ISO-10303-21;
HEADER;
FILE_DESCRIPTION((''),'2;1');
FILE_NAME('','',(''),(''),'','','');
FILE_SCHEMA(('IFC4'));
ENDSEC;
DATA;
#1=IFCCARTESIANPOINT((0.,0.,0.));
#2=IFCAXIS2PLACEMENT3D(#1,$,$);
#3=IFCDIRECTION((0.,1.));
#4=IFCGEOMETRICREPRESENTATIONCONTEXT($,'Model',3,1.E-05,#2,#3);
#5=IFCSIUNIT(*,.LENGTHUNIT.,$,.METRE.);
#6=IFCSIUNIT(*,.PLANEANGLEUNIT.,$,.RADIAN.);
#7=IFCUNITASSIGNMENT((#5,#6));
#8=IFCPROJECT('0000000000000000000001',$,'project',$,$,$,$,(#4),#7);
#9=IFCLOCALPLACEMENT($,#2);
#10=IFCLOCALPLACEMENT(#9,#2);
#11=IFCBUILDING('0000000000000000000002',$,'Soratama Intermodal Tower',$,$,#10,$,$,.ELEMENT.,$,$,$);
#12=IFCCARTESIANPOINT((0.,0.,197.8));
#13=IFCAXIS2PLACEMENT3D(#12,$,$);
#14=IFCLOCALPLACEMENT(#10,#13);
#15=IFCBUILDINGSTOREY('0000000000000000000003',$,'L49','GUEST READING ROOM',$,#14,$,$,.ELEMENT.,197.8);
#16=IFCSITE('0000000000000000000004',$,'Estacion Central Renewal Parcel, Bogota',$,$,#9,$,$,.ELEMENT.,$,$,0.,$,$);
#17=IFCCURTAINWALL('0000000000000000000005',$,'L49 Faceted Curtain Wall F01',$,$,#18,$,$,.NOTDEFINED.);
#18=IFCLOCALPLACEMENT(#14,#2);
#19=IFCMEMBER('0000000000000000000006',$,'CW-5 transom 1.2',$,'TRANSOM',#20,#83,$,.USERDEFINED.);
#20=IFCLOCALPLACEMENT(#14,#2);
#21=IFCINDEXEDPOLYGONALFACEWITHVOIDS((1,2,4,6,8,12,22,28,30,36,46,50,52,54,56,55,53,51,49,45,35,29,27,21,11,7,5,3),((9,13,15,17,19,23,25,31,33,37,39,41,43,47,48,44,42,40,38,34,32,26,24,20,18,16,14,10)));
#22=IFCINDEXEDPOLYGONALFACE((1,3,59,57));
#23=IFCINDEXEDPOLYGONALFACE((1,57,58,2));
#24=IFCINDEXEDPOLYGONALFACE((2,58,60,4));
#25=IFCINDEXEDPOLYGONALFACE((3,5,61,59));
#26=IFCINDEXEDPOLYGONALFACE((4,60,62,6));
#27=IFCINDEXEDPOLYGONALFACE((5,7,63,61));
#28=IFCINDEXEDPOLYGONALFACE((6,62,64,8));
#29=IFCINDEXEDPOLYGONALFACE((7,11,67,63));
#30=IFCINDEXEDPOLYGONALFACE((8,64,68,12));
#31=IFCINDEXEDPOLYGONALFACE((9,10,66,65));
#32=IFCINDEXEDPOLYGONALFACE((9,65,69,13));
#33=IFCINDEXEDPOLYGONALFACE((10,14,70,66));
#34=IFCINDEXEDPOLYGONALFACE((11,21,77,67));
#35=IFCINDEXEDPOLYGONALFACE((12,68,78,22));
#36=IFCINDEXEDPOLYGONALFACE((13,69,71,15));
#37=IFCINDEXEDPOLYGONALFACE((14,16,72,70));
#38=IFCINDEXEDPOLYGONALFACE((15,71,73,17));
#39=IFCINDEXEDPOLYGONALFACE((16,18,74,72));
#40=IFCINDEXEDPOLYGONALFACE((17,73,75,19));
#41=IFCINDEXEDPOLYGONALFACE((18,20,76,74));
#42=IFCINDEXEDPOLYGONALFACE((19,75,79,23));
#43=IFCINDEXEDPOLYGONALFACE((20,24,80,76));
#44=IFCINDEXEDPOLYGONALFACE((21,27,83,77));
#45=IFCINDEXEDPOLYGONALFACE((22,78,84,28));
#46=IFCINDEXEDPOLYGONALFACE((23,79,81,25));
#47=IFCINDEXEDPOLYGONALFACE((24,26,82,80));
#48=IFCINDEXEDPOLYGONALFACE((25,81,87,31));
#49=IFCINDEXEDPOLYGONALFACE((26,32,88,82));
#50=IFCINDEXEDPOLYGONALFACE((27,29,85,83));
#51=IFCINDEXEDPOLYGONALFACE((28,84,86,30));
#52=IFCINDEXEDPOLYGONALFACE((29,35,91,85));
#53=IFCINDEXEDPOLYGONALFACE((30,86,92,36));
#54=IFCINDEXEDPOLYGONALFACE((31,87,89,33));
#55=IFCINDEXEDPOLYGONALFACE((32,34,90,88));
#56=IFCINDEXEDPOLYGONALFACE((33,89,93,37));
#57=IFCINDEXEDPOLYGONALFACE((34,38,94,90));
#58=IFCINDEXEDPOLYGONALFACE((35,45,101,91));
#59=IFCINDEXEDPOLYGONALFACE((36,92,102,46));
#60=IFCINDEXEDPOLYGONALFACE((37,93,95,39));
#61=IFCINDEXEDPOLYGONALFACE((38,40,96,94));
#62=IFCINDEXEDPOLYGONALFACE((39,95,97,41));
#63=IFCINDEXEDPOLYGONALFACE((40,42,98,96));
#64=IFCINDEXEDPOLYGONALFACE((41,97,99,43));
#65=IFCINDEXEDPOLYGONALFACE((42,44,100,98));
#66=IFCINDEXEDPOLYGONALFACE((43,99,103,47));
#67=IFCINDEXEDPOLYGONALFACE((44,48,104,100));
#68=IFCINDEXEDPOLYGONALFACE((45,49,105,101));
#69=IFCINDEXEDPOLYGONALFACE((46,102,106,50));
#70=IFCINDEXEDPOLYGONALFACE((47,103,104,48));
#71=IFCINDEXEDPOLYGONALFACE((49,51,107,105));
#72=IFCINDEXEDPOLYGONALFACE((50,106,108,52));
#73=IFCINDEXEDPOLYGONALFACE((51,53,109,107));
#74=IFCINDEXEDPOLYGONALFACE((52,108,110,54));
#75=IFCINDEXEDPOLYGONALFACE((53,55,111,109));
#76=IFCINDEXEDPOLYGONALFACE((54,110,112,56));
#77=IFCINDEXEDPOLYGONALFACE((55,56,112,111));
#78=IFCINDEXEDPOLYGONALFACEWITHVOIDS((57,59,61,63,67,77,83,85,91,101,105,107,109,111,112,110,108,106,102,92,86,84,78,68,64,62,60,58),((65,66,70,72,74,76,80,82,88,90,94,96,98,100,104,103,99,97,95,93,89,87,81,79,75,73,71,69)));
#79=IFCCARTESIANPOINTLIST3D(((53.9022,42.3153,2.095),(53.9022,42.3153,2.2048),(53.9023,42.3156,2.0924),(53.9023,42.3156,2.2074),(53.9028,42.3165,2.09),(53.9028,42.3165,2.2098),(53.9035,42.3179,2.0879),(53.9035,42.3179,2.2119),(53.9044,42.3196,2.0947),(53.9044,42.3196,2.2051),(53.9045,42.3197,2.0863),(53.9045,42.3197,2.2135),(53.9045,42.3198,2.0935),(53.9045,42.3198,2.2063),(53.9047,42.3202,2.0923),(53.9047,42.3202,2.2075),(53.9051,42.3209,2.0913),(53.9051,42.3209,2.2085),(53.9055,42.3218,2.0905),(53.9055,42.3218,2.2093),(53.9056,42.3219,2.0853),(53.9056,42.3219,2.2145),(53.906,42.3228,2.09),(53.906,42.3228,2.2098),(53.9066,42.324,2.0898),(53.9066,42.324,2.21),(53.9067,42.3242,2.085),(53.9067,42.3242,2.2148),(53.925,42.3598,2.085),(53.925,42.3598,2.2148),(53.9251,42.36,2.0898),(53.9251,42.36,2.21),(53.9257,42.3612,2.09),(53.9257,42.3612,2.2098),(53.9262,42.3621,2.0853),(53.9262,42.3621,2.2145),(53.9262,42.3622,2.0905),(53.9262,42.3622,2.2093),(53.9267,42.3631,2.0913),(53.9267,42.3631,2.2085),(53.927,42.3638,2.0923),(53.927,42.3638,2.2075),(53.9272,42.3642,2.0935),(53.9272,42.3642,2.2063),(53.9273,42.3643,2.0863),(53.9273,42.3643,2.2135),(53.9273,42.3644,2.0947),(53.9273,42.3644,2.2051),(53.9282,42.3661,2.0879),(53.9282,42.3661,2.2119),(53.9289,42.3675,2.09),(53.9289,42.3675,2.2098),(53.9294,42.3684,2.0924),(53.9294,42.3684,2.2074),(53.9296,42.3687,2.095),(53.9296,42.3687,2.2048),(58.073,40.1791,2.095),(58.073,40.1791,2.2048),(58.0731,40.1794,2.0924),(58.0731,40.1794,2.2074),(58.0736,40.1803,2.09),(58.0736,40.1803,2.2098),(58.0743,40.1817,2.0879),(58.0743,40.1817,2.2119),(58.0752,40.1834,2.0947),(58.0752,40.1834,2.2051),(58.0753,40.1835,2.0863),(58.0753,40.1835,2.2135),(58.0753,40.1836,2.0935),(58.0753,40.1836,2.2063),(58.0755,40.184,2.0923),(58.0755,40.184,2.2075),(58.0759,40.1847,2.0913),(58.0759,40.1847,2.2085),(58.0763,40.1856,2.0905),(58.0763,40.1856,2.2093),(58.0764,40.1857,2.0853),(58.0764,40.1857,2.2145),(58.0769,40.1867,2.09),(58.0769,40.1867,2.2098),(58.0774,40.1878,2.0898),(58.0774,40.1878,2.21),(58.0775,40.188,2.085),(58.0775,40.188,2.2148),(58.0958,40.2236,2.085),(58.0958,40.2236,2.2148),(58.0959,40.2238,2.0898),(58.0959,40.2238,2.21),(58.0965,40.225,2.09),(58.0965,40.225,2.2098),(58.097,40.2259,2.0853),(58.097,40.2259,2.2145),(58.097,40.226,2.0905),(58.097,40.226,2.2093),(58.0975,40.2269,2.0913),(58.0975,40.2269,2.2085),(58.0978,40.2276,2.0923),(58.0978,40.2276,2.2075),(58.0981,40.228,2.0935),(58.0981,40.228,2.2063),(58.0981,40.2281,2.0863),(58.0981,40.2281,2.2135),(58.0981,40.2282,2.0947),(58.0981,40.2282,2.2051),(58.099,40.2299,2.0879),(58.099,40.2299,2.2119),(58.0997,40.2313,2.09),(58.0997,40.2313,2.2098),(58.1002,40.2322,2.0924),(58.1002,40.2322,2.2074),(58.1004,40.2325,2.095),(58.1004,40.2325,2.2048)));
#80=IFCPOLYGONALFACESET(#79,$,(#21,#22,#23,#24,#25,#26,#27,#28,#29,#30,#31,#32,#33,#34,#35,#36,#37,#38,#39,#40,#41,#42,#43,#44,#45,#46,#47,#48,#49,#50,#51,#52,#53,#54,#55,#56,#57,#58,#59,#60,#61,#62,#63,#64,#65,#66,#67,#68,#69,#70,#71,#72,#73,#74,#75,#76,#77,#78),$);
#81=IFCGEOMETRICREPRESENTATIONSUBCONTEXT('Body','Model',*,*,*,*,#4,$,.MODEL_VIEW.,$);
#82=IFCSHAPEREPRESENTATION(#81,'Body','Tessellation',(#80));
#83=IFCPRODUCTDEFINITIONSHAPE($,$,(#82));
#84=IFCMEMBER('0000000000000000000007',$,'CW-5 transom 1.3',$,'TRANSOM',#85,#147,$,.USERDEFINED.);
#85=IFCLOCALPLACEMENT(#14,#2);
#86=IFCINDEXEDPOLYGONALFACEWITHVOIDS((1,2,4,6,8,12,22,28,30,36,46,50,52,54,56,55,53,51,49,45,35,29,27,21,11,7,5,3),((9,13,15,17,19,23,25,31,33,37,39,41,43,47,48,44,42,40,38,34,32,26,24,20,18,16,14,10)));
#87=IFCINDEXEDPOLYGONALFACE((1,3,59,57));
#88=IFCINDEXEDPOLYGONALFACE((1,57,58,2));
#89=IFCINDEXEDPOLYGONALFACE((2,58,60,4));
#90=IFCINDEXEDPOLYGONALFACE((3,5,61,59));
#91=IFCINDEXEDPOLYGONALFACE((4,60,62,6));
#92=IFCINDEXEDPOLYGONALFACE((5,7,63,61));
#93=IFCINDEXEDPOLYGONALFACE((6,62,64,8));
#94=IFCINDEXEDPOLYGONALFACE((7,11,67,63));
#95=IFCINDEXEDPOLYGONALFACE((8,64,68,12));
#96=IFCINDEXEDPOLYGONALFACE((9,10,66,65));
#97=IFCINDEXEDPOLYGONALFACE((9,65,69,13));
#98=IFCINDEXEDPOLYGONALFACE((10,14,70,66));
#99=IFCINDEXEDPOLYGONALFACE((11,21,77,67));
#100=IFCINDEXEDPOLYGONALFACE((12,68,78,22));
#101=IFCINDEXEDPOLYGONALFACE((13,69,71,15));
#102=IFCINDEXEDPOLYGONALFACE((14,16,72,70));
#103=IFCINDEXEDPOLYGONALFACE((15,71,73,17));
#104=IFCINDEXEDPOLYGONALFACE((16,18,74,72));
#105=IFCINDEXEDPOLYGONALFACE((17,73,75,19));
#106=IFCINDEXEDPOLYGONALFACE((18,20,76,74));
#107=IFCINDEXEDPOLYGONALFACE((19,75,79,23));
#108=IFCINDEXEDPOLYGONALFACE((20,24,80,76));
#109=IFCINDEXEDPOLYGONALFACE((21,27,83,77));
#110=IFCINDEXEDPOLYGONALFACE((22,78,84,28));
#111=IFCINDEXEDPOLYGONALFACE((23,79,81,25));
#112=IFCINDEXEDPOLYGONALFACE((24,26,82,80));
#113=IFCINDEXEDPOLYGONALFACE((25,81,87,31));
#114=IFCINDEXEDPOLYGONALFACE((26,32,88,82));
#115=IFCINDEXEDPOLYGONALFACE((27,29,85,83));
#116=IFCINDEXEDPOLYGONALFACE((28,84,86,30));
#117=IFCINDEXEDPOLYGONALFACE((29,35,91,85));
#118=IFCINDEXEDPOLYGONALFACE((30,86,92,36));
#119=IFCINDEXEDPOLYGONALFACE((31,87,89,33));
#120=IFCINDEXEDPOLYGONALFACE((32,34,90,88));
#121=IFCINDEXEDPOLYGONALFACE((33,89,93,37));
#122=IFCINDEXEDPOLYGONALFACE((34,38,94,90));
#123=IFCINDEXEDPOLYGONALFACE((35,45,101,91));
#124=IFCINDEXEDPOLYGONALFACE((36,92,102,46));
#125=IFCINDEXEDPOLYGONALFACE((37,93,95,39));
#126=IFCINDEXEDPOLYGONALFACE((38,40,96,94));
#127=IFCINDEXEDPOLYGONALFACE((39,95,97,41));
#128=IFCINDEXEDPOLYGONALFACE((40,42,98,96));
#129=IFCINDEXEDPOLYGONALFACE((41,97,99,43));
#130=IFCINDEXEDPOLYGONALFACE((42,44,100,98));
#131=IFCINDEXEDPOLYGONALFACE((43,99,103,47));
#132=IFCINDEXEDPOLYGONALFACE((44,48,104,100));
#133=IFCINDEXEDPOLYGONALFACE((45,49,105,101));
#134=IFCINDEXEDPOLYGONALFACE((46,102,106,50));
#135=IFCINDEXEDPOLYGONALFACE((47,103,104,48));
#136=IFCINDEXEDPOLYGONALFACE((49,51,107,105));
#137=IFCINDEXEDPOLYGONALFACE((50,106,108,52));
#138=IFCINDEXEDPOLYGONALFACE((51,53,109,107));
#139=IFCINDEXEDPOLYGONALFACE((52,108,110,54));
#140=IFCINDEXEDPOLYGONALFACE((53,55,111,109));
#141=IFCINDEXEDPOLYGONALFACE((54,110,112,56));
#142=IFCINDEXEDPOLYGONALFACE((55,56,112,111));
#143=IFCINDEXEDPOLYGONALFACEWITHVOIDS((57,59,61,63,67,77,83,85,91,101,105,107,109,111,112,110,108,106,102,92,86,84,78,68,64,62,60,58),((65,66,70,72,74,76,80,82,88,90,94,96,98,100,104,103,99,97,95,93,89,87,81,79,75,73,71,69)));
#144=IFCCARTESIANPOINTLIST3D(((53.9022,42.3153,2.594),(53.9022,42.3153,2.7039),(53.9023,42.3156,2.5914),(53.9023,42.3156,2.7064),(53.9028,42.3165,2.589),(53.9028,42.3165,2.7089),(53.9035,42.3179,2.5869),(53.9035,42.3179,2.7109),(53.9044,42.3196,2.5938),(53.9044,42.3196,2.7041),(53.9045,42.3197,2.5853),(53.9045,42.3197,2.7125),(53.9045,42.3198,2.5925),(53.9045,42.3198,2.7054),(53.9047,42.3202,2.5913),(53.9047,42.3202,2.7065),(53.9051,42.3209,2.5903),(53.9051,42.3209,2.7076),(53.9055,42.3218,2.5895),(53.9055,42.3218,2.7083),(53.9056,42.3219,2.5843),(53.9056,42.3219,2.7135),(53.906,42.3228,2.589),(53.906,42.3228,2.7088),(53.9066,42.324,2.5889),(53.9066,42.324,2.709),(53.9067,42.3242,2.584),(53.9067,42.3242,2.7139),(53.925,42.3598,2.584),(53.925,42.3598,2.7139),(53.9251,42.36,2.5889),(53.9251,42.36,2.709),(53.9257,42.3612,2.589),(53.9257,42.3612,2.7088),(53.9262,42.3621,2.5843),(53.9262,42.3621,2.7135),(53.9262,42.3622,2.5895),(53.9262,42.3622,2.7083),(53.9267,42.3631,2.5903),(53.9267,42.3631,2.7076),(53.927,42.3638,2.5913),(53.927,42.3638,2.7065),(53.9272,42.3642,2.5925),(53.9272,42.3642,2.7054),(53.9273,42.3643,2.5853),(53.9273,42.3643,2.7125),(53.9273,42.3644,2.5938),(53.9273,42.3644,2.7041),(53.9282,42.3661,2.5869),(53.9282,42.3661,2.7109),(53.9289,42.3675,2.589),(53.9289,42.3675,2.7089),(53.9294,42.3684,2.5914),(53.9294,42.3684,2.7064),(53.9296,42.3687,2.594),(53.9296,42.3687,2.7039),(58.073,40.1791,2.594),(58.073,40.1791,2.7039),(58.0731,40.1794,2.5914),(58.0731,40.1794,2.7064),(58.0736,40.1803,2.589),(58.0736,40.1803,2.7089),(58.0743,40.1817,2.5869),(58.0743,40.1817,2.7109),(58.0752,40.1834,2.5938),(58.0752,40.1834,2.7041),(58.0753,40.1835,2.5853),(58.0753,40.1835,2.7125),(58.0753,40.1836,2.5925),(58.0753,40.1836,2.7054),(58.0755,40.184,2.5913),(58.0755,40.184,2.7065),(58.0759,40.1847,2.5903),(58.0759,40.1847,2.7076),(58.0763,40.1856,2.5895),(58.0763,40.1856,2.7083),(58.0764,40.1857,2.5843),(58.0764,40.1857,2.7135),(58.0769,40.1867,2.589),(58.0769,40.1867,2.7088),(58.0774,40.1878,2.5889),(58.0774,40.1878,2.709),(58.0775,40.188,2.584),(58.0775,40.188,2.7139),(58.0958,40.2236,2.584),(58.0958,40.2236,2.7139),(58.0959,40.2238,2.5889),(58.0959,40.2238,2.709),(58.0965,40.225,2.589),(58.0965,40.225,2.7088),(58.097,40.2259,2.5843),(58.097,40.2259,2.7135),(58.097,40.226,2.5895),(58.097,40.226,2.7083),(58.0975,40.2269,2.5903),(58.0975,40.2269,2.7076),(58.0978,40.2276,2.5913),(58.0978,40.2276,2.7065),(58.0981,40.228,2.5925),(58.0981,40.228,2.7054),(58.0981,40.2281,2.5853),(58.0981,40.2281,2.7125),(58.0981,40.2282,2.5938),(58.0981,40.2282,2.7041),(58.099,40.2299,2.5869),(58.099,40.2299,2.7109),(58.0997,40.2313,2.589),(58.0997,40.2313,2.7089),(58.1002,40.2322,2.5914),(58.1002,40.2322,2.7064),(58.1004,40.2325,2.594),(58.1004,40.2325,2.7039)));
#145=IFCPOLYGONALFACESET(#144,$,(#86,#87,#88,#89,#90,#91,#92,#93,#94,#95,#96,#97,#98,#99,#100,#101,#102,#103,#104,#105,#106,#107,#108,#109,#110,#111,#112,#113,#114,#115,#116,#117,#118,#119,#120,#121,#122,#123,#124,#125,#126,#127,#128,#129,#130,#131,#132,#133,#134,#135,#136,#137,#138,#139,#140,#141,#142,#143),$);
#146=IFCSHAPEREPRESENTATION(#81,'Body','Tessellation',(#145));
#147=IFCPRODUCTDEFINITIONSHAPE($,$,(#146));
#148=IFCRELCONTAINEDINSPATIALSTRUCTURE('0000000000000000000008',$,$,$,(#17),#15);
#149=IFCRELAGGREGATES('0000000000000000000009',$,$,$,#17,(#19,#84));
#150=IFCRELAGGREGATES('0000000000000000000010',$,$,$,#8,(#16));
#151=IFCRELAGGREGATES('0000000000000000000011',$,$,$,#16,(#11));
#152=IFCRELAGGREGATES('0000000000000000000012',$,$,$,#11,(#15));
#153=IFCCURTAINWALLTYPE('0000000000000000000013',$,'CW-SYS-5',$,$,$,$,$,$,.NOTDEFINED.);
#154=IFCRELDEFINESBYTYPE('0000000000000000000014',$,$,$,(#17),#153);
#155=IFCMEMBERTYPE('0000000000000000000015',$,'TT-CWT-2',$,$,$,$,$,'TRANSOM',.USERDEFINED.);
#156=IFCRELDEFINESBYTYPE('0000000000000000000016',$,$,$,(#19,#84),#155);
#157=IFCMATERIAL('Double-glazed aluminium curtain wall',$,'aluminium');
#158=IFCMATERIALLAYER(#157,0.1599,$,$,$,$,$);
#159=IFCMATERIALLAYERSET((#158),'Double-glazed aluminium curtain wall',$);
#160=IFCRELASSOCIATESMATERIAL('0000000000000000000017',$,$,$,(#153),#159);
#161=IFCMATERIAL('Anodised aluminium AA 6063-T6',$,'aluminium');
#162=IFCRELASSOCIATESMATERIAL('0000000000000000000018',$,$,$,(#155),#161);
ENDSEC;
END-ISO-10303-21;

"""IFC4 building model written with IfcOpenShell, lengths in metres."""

from ifc_helpers import new_model, si_unit, direction, frame, origin, origin_2d, place, context, subcontext, project, spatial, hollow_rectangle, extrude, material, layer, layer_set, material_profile, profile_set, type_object, element, aggregate, save


model = new_model("IFC4")

# Units and contexts
model_context = context("Model", 3, precision=1e-05, world=origin(), true_north=direction((0.0, 1.0)))
body_context = subcontext(model_context, "Body", "Model", "MODEL_VIEW")
ifc_project = project(units=[si_unit("LENGTHUNIT", "METRE"), si_unit("PLANEANGLEUNIT", "RADIAN")], contexts=[model_context])

# Site, building, storey
site_placement = place(None, origin())
site = spatial("IfcSite", under=ifc_project, at=site_placement, Name="Estacion Central Renewal Parcel, Bogota", CompositionType="ELEMENT", RefElevation=0.0)
building_placement = place(site_placement, origin())
building = spatial("IfcBuilding", under=site, at=building_placement, Name="Soratama Intermodal Tower", CompositionType="ELEMENT")
storey_placement = place(building_placement, frame((0.0, 0.0, 197.8)))
storey = spatial("IfcBuildingStorey", under=building, at=storey_placement, Name="L49", Description="GUEST READING ROOM", CompositionType="ELEMENT", Elevation=197.8)

# Curtain wall
ifc_material_1 = material(Name="Double-glazed aluminium curtain wall", Category="aluminium")
ifc_layer_1 = layer(ifc_material_1, 0.1599)
ifc_layer_set_1 = layer_set([ifc_layer_1], Name="Double-glazed aluminium curtain wall")
curtain_wall_type = type_object("IfcCurtainWallType", Name="CW-SYS-5", PredefinedType="NOTDEFINED", material=ifc_layer_set_1)
curtain_wall_1_placement = place(storey_placement, origin())
curtain_wall_1 = element("IfcCurtainWall", 1, at=curtain_wall_1_placement, inside=storey, type_object=curtain_wall_type, Name="L49 Faceted Curtain Wall F01", PredefinedType="NOTDEFINED")

# Members
ifc_material_2 = material(Name="Anodised aluminium AA 6063-T6", Category="aluminium")
ifc_material_profile_1 = material_profile(ifc_material_2, hollow_rectangle(XDim=0.0601, YDim=0.1299, WallThickness=0.0049, InnerFilletRadius=0.0049, OuterFilletRadius=0.01, at=origin_2d()), Name="CWT130X60X5")
ifc_profile_set_1 = profile_set([ifc_material_profile_1], Name="Anodised aluminium AA 6063-T6")
member_type_1 = type_object("IfcMemberType", Name="TT-CWT-2", ElementType="TRANSOM", PredefinedType="USERDEFINED", material=ifc_profile_set_1)
member_1_placement = place(storey_placement, frame((58.0867, 40.2058, 2.1499), z_axis=(-0.890051, 0.455862, 0.0), x_axis=(-0.455862, -0.890051, 0.0)))
member_1 = element("IfcMember", 2, at=member_1_placement, type_object=member_type_1, Name="CW-5 transom 1.2", ObjectType="TRANSOM", PredefinedType="USERDEFINED", context=body_context, shape_type="SweptSolid", body=[
    extrude(hollow_rectangle(XDim=0.0601, YDim=0.1299, WallThickness=0.0049, InnerFilletRadius=0.0049, OuterFilletRadius=0.01, at=origin_2d()), origin(), (0.0, 0.0, 1.0), 4.686),
])
member_2_placement = place(storey_placement, frame((58.0867, 40.2058, 2.6489), z_axis=(-0.890051, 0.455862, 0.0), x_axis=(-0.455862, -0.890051, 0.0)))
member_2 = element("IfcMember", 3, at=member_2_placement, type_object=member_type_1, Name="CW-5 transom 1.3", ObjectType="TRANSOM", PredefinedType="USERDEFINED", context=body_context, shape_type="SweptSolid", body=[
    extrude(hollow_rectangle(XDim=0.0601, YDim=0.1299, WallThickness=0.0049, InnerFilletRadius=0.0049, OuterFilletRadius=0.01, at=origin_2d()), origin(), (0.0, 0.0, 1.0), 4.686),
])

aggregate(curtain_wall_1, [member_1, member_2])

save(model, "model.ifc")
